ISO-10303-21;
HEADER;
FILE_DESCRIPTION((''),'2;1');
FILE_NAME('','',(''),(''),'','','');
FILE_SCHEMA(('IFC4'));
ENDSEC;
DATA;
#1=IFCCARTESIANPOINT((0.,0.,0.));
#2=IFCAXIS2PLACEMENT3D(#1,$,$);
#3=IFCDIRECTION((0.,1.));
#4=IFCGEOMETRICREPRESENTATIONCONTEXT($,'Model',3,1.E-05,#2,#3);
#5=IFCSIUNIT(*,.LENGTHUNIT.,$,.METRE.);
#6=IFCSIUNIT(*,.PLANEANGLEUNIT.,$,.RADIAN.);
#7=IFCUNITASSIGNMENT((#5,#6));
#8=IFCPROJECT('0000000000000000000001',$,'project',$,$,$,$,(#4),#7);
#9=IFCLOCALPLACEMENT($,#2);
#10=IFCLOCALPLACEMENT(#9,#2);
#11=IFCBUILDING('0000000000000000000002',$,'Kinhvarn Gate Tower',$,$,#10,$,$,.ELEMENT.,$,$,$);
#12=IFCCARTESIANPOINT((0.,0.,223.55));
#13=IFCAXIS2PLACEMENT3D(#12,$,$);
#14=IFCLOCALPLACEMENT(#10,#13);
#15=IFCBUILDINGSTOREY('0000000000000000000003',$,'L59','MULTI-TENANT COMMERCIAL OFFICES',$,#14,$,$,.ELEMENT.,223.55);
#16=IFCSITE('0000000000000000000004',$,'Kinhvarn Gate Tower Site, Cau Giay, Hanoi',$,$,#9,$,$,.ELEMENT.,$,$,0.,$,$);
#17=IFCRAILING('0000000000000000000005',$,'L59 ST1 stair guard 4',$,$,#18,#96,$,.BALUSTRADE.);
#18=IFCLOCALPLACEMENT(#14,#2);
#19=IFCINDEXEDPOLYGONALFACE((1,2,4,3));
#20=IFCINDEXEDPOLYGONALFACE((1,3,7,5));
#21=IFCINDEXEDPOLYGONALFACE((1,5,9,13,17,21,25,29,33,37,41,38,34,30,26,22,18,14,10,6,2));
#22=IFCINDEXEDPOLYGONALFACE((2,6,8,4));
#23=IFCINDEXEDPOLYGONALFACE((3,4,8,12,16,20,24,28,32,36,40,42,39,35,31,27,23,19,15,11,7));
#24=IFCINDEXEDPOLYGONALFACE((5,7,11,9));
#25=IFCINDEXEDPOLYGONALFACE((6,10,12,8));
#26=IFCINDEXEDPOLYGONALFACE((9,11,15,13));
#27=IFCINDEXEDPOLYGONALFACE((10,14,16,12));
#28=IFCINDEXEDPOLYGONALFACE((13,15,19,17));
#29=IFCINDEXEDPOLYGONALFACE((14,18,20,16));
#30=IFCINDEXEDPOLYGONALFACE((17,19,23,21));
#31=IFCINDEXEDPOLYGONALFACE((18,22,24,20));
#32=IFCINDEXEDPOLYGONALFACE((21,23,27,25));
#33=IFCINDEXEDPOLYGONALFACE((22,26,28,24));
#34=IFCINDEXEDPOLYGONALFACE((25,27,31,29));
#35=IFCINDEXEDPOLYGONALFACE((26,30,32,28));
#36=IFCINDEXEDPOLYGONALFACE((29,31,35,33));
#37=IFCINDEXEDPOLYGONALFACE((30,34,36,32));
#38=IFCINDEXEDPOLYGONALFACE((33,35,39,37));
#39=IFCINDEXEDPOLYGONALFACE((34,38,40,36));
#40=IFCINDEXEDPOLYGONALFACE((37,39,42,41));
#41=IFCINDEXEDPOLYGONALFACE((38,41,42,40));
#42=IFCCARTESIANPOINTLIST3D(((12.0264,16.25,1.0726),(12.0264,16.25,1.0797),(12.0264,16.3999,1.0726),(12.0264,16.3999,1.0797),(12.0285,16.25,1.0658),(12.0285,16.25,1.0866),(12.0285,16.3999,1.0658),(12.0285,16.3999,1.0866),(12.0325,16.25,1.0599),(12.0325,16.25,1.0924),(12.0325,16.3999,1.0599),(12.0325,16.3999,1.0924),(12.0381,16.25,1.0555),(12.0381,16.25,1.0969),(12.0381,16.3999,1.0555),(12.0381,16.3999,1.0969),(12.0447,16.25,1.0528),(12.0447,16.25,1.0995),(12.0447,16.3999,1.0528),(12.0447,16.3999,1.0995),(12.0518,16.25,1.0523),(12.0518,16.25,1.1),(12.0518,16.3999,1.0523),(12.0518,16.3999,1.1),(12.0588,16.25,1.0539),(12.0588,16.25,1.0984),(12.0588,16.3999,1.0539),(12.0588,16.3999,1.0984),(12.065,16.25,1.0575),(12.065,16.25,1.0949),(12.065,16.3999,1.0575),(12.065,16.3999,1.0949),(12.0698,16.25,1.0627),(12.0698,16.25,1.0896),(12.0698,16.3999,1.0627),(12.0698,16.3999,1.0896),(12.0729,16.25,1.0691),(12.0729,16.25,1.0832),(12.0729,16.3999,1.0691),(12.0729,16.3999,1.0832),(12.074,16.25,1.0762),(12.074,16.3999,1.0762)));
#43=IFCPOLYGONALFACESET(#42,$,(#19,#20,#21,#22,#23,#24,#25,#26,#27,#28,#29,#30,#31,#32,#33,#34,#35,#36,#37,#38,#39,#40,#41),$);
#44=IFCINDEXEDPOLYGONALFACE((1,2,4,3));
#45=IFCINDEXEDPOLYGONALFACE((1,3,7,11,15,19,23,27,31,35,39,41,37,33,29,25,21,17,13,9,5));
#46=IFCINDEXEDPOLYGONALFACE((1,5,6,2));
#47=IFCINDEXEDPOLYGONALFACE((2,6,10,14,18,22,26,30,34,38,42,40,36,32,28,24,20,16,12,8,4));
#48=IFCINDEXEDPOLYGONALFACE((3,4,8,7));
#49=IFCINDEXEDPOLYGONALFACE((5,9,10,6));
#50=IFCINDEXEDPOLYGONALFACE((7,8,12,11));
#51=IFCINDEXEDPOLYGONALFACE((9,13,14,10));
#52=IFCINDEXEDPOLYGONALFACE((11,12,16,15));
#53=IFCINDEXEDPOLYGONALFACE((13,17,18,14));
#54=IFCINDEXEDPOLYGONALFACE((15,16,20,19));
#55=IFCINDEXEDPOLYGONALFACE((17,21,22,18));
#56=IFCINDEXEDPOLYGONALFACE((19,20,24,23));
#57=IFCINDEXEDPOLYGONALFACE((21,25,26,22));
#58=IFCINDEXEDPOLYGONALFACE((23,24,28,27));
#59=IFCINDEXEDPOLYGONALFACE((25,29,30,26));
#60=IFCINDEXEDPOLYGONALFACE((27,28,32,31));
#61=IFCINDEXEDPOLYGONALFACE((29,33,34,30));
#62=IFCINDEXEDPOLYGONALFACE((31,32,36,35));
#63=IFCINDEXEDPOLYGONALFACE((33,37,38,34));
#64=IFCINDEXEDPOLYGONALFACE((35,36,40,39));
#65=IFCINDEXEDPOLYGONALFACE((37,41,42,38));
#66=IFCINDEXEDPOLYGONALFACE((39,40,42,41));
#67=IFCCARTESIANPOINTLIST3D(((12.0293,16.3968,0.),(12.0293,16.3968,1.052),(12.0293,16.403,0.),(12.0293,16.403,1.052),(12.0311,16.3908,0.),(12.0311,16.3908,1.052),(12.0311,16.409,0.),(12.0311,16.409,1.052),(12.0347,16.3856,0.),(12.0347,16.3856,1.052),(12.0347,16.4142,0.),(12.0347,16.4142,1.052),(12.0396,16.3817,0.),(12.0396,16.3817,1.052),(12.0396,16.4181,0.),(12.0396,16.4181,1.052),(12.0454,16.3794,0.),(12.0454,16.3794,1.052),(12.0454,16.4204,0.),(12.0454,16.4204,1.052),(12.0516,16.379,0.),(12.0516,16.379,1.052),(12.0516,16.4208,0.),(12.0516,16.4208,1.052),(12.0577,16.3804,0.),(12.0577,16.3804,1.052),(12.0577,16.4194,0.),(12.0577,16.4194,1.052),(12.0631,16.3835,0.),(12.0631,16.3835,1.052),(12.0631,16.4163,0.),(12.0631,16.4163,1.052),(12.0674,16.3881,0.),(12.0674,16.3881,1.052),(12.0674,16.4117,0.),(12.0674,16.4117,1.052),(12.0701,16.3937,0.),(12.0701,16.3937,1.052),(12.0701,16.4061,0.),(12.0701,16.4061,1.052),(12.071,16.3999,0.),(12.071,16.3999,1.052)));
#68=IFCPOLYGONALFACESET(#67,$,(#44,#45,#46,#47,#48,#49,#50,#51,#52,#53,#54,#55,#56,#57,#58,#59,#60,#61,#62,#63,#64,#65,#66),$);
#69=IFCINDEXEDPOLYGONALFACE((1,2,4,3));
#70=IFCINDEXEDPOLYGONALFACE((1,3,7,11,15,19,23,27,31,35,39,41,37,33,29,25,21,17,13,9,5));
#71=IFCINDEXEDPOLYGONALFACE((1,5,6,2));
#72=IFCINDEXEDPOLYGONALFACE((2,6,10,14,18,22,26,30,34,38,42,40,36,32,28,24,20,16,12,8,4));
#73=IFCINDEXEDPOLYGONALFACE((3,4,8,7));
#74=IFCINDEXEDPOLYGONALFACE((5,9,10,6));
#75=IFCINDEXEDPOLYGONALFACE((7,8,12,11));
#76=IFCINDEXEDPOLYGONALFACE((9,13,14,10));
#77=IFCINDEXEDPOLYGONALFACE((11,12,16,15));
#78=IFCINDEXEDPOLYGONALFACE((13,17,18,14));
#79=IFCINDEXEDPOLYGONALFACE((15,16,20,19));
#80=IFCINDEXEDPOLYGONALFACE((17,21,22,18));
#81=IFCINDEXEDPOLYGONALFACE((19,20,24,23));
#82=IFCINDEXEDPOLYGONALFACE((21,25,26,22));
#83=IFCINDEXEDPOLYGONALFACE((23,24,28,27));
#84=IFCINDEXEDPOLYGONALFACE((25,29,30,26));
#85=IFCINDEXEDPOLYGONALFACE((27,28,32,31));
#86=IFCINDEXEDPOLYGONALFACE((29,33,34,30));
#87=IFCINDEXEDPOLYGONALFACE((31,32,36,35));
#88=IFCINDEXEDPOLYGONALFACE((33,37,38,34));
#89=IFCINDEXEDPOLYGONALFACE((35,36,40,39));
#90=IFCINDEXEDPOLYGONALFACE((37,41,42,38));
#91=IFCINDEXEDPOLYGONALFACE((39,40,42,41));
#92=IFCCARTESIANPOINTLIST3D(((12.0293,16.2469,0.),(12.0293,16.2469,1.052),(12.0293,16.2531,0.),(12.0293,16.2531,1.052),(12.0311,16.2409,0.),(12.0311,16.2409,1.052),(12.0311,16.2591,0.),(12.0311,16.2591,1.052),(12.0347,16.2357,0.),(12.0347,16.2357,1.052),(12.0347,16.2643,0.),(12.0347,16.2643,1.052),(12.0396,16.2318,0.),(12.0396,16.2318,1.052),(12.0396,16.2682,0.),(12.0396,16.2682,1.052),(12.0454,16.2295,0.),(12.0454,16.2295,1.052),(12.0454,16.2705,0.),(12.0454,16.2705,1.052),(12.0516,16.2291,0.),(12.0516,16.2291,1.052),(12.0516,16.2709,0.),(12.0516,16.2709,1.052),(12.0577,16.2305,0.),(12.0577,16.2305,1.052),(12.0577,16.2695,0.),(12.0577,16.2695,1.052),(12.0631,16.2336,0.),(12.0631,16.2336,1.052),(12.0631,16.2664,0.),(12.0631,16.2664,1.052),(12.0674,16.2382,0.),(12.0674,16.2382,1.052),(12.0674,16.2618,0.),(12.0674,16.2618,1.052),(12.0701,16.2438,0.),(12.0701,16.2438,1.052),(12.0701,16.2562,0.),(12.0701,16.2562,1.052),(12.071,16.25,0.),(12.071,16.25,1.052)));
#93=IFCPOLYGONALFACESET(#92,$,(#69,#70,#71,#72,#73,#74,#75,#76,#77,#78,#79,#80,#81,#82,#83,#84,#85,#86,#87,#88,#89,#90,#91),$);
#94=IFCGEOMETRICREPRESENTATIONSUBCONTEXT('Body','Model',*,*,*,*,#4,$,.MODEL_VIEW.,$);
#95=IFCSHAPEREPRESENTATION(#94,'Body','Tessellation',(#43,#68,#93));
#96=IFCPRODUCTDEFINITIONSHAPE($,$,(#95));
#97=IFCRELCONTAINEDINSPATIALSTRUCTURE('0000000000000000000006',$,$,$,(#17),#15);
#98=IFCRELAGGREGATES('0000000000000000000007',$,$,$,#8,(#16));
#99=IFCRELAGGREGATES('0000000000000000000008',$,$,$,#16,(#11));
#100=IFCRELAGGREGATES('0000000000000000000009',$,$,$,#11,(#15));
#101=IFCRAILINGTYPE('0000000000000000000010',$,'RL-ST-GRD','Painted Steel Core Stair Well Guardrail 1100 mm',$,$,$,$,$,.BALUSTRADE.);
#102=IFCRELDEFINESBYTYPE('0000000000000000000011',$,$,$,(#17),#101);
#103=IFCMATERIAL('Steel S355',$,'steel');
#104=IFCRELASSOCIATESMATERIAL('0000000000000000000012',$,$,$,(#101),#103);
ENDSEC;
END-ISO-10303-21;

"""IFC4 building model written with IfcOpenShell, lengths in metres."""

from ifc_helpers import new_model, si_unit, direction, frame, origin, origin_2d, place, context, subcontext, project, spatial, circle, extrude, material, type_object, element, save


model = new_model("IFC4")

# Units and contexts
model_context = context("Model", 3, precision=1e-05, world=origin(), true_north=direction((0.0, 1.0)))
body_context = subcontext(model_context, "Body", "Model", "MODEL_VIEW")
ifc_project = project(units=[si_unit("LENGTHUNIT", "METRE"), si_unit("PLANEANGLEUNIT", "RADIAN")], contexts=[model_context])

# Site, building, storey
site_placement = place(None, origin())
site = spatial("IfcSite", under=ifc_project, at=site_placement, Name="Kinhvarn Gate Tower Site, Cau Giay, Hanoi", CompositionType="ELEMENT", RefElevation=0.0)
building_placement = place(site_placement, origin())
building = spatial("IfcBuilding", under=site, at=building_placement, Name="Kinhvarn Gate Tower", CompositionType="ELEMENT")
storey_placement = place(building_placement, frame((0.0, 0.0, 223.55)))
storey = spatial("IfcBuildingStorey", under=building, at=storey_placement, Name="L59", Description="MULTI-TENANT COMMERCIAL OFFICES", CompositionType="ELEMENT", Elevation=223.55)

# Shared definitions
ifc_material_1 = material(Name="Steel S355", Category="steel")

# Railing
railing_type_1 = type_object("IfcRailingType", Name="RL-ST-GRD", Description="Painted Steel Core Stair Well Guardrail 1100 mm", PredefinedType="BALUSTRADE", material=ifc_material_1)
railing_1_placement = place(storey_placement, frame((12.05, 16.3999, 0.0)))
element("IfcRailing", 1, at=railing_1_placement, inside=storey, type_object=railing_type_1, Name="L59 ST1 stair guard 4", PredefinedType="BALUSTRADE", context=body_context, shape_type="SweptSolid", body=[
    extrude(circle(Radius=0.0239, at=origin_2d()), frame((0.0, 0.0, 1.0762), z_axis=(0.0, -1.0, 0.0), x_axis=(1.0, 0.0, 0.0)), (0.0, 0.0, 1.0), 0.1499),
    extrude(circle(Radius=0.021, at=origin_2d()), origin(), (0.0, 0.0, 1.0), 1.052),
    extrude(circle(Radius=0.021, at=origin_2d()), frame((0.0, -0.1499, 0.0)), (0.0, 0.0, 1.0), 1.052),
])

save(model, "model.ifc")
